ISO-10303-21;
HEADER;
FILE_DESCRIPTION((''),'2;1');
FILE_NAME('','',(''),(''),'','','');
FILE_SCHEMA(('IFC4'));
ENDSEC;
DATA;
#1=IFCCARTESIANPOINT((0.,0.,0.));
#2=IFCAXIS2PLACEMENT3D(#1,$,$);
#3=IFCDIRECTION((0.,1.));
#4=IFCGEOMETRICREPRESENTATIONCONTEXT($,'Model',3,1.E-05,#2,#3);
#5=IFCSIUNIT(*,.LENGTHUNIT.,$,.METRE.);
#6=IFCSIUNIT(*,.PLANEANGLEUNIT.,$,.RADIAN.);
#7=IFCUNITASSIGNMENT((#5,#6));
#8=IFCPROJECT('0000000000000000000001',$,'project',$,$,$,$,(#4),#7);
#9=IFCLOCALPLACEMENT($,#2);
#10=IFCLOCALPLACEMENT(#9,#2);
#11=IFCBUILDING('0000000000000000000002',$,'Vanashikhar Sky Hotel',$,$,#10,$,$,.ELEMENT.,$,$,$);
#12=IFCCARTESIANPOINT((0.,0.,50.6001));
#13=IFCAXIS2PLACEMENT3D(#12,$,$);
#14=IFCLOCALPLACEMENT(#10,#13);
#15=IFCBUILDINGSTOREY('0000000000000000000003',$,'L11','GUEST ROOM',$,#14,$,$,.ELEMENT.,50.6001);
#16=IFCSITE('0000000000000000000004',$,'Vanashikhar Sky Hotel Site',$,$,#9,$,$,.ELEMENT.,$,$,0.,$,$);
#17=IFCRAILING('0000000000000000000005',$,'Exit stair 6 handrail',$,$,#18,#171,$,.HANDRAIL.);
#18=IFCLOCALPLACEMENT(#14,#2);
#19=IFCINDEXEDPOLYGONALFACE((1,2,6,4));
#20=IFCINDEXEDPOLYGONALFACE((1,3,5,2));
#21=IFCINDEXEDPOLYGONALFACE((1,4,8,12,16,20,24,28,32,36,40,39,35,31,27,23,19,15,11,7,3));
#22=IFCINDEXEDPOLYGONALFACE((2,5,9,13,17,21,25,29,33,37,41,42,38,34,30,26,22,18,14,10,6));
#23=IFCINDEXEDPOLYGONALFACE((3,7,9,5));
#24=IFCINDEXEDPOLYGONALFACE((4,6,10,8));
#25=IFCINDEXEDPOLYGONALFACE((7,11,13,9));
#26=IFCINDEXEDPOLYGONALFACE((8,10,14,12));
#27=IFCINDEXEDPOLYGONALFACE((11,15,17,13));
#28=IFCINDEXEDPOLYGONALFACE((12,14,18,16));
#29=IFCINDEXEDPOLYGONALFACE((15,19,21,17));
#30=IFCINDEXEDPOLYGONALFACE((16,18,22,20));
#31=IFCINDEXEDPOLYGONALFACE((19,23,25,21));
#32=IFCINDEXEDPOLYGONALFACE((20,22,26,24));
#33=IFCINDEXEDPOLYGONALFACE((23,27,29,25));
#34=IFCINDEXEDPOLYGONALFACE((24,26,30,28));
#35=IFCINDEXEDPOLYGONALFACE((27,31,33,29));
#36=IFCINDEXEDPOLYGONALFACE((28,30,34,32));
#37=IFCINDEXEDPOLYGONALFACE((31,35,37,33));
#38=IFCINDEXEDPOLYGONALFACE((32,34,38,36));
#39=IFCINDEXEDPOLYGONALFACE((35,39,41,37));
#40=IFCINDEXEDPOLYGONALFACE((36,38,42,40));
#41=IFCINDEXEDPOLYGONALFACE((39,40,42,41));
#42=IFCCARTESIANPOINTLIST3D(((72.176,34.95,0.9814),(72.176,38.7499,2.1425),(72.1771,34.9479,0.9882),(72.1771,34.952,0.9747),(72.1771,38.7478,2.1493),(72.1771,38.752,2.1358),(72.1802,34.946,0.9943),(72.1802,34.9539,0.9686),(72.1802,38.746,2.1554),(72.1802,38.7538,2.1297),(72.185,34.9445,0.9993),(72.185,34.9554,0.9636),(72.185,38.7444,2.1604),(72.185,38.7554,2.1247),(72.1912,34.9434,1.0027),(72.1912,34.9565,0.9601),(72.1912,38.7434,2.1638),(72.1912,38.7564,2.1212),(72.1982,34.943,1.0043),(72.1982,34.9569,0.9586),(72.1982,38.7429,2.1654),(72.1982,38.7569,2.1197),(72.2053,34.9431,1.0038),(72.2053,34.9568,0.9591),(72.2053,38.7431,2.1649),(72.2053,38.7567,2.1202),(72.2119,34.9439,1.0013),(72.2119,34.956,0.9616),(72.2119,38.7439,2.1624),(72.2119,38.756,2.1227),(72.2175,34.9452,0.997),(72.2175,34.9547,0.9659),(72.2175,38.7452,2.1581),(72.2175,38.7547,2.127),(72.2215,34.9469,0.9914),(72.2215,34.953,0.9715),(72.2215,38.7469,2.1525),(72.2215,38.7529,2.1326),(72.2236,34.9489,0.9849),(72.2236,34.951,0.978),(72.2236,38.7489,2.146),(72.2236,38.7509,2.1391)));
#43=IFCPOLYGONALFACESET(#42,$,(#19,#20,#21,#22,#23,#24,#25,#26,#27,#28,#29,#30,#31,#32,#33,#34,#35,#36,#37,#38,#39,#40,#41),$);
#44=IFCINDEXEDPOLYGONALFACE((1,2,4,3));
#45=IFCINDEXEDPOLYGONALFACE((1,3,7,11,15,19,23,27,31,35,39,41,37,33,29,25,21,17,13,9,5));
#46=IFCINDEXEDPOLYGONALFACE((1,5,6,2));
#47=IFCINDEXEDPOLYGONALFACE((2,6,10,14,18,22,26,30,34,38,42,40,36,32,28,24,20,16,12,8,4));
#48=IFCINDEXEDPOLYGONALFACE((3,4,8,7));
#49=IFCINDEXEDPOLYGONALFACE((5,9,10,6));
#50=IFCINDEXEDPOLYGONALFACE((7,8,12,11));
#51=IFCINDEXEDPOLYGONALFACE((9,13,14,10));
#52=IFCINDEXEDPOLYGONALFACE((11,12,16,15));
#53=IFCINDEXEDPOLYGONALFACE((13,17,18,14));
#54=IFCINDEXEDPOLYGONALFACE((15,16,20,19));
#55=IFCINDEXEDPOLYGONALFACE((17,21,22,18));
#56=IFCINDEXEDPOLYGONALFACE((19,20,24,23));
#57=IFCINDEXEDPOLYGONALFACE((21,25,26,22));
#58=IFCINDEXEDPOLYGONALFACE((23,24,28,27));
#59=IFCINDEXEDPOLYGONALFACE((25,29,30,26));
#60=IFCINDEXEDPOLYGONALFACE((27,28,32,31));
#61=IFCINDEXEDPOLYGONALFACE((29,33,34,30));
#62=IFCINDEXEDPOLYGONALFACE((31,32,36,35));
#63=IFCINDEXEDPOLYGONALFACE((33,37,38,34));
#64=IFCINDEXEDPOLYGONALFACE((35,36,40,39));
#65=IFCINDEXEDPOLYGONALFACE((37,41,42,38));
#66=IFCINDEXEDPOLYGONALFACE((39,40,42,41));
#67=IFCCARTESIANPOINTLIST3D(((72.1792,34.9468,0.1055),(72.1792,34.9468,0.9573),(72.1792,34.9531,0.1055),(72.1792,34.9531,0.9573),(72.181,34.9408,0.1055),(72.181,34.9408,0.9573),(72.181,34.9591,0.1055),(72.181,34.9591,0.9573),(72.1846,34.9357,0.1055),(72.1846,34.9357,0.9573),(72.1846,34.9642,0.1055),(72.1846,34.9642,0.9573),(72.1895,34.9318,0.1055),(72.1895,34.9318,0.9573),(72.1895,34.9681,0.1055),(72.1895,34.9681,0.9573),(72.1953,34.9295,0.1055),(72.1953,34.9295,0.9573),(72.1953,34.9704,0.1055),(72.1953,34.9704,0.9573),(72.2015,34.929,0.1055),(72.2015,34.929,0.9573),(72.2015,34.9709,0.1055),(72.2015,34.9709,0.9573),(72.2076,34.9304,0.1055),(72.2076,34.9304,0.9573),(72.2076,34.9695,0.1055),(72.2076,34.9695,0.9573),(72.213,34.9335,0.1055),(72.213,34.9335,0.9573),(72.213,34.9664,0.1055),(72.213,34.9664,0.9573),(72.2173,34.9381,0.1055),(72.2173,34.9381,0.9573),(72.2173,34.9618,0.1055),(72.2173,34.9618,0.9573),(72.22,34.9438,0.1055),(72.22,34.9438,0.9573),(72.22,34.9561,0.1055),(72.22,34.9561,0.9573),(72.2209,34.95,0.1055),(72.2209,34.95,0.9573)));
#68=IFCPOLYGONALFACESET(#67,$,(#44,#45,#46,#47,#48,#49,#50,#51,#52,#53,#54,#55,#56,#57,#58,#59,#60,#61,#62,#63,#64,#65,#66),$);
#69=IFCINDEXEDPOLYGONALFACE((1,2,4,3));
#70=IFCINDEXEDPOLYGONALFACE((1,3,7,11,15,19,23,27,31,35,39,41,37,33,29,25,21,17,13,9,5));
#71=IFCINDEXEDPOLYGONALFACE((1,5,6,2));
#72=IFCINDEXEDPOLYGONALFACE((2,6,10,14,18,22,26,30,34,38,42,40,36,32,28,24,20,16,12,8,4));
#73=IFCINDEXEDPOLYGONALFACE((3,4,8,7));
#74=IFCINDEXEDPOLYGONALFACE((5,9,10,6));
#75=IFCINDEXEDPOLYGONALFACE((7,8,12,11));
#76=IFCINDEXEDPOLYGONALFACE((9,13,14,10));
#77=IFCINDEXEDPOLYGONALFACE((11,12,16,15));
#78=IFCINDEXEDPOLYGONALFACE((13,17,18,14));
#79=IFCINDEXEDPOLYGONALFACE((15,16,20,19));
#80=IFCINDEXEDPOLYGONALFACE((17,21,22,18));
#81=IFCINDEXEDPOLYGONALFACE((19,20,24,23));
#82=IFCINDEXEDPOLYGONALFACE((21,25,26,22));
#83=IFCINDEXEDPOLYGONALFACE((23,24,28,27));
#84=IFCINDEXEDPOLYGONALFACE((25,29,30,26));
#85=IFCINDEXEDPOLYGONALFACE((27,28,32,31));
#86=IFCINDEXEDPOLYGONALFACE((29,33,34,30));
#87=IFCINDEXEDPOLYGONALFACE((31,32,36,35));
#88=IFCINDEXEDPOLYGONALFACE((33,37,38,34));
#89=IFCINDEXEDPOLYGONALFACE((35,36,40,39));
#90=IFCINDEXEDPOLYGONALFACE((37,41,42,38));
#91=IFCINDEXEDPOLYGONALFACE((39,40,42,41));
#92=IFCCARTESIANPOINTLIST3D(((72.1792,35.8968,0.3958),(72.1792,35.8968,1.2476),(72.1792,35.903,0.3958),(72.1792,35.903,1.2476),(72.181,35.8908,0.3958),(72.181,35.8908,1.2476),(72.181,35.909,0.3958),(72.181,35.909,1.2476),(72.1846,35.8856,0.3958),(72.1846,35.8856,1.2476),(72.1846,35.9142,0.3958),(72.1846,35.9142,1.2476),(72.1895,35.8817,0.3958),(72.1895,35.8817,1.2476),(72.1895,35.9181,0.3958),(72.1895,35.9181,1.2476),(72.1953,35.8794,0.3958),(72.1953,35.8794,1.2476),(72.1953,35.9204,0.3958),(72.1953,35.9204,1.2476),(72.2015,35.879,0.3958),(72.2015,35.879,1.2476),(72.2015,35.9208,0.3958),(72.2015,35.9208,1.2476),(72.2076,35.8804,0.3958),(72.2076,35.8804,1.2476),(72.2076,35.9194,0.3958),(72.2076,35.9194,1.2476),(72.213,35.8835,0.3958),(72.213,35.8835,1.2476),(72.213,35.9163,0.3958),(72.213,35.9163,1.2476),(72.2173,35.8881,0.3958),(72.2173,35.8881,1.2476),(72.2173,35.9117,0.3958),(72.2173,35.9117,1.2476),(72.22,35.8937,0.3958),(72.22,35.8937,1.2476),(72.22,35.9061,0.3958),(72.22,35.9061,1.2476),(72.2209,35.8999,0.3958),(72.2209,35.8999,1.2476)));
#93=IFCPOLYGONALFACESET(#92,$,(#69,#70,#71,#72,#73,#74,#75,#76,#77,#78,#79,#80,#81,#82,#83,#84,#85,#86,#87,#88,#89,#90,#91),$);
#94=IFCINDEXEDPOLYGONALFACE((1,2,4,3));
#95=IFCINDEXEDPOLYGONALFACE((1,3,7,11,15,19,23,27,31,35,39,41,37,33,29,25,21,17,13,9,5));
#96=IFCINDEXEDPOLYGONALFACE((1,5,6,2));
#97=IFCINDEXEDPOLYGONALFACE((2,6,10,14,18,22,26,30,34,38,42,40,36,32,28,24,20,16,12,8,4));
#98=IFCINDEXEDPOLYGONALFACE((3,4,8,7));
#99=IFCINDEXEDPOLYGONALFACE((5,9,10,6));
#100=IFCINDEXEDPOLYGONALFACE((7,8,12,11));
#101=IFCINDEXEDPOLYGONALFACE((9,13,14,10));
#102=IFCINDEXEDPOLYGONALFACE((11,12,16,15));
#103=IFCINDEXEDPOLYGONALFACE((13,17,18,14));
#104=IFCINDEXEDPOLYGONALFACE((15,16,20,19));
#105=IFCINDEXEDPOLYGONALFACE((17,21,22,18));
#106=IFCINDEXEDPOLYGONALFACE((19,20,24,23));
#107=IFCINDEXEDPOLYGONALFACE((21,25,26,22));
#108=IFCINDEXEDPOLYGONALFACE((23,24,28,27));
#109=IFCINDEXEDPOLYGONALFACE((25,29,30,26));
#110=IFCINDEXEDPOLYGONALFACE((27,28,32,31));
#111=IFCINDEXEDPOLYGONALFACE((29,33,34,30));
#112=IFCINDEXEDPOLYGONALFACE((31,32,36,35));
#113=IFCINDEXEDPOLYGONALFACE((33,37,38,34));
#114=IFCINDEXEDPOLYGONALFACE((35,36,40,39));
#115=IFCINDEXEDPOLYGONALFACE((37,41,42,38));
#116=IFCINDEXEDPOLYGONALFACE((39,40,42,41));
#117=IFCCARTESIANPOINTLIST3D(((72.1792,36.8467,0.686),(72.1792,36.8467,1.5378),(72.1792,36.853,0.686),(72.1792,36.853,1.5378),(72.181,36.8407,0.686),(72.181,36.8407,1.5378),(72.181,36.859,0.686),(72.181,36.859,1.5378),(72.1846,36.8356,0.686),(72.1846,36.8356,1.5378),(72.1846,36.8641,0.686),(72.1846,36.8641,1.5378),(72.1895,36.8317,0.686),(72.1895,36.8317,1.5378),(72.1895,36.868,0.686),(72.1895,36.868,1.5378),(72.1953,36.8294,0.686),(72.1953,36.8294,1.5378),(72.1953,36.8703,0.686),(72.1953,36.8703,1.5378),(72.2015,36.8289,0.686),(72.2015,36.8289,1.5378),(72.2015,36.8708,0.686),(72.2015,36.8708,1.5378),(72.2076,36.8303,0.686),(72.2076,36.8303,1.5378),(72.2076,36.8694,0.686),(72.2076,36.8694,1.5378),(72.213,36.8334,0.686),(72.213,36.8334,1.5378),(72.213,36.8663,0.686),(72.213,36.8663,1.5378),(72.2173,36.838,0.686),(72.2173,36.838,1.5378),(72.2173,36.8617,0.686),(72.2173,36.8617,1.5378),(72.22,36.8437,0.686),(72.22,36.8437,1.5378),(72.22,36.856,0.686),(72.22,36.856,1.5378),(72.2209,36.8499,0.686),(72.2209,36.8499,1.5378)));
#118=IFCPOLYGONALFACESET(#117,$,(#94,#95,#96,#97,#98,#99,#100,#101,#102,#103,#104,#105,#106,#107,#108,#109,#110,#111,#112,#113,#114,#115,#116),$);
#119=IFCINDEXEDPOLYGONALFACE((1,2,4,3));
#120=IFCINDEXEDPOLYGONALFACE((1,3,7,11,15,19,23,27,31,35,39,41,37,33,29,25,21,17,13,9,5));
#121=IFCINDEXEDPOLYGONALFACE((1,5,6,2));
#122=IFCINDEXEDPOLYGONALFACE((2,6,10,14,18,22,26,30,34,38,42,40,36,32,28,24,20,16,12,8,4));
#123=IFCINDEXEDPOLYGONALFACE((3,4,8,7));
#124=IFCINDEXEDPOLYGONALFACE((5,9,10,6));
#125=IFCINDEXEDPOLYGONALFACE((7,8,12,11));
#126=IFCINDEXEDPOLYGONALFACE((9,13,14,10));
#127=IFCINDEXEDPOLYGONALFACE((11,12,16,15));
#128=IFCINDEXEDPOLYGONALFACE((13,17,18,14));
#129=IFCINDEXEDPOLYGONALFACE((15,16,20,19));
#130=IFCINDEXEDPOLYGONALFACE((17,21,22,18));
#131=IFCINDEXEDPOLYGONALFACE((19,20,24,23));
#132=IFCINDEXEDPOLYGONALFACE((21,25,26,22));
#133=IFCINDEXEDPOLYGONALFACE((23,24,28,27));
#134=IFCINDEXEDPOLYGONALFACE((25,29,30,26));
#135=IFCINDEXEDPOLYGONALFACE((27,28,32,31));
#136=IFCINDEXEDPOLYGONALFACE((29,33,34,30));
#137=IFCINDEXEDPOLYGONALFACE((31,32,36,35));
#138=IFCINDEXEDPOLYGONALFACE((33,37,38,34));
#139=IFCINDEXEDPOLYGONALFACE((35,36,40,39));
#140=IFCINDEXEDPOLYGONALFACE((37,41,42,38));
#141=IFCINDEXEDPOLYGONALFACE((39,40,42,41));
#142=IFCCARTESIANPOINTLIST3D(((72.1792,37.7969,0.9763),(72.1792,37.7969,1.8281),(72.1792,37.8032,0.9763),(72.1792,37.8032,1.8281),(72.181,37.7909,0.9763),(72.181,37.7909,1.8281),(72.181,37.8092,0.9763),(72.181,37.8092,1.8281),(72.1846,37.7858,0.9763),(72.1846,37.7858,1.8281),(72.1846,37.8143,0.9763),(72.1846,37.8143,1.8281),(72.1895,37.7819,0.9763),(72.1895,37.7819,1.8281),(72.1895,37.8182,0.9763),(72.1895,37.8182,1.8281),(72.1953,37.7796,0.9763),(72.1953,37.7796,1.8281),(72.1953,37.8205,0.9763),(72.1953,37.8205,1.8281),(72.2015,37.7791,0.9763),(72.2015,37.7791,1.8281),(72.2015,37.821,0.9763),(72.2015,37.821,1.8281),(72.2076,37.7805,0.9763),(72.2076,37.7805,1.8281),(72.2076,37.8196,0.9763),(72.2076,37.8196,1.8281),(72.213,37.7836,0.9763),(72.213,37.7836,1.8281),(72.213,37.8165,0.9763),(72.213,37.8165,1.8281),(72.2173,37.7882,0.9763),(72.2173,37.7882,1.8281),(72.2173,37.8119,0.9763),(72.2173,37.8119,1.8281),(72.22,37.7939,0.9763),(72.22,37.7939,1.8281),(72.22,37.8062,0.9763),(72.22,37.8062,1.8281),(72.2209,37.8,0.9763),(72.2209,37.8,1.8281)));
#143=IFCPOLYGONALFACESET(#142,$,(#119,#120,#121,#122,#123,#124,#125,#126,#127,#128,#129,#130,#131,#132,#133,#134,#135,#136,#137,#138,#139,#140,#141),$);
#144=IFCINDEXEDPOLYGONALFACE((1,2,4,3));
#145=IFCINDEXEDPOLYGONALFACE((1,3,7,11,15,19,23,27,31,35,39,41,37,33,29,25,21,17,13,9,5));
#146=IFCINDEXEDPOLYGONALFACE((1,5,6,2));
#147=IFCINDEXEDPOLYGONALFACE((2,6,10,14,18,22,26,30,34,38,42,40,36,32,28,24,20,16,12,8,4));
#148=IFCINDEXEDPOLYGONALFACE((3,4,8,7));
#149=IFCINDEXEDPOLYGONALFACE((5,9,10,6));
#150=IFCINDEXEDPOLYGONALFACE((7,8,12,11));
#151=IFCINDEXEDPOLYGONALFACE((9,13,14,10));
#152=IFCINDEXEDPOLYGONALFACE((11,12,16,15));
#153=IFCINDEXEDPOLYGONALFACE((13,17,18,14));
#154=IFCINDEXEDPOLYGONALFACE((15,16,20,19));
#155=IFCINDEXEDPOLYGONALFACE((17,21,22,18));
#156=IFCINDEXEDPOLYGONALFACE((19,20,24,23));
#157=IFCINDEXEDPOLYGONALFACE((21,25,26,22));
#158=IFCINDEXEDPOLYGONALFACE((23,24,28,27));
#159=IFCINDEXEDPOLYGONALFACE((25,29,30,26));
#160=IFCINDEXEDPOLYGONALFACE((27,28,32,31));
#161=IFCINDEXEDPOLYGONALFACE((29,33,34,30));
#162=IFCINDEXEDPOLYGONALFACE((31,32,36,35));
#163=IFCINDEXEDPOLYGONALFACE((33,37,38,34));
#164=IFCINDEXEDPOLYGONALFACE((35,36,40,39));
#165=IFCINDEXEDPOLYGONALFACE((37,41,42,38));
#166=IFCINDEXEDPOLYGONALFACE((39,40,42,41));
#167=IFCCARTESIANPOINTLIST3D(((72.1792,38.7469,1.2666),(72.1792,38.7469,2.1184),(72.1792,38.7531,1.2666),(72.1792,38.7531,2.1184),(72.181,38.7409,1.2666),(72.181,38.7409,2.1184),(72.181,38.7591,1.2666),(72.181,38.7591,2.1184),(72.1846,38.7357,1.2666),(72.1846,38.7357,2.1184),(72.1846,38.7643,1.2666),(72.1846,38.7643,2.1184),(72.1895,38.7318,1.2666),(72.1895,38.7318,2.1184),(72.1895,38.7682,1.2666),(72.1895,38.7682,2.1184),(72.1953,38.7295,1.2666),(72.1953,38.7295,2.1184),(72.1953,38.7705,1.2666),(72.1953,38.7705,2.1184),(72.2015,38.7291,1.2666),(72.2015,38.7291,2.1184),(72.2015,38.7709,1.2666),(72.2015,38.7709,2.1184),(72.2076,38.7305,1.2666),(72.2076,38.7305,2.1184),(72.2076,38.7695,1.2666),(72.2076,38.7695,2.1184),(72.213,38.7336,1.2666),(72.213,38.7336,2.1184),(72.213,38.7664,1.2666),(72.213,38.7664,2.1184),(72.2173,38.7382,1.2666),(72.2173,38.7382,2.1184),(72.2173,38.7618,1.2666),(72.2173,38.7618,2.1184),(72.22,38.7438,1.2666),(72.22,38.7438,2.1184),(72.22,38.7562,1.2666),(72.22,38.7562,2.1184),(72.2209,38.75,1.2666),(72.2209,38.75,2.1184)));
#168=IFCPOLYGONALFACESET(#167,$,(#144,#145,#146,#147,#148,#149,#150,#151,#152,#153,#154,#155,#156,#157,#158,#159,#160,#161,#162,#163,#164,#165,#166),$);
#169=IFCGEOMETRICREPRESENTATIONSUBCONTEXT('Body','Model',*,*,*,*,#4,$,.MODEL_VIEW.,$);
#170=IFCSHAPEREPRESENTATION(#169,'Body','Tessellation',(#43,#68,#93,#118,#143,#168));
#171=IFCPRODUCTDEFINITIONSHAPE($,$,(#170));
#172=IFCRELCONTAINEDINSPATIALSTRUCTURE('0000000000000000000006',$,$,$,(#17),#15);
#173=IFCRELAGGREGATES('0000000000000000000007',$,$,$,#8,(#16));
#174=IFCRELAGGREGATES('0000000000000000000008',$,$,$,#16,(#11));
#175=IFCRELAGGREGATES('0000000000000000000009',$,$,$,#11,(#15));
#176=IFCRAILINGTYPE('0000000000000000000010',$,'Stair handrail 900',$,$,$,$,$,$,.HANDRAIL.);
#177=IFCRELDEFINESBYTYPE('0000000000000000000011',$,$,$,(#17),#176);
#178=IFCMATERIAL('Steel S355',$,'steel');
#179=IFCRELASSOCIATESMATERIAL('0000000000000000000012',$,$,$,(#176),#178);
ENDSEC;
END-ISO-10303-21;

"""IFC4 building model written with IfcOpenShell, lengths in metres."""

from ifc_helpers import new_model, si_unit, direction, frame, origin, origin_2d, place, context, subcontext, project, spatial, circle, extrude, source, transform, mapped, material, type_object, element, save


model = new_model("IFC4")

# Units and contexts
model_context = context("Model", 3, precision=1e-05, world=origin(), true_north=direction((0.0, 1.0)))
body_context = subcontext(model_context, "Body", "Model", "MODEL_VIEW")
ifc_project = project(units=[si_unit("LENGTHUNIT", "METRE"), si_unit("PLANEANGLEUNIT", "RADIAN")], contexts=[model_context])

# Site, building, storey
site_placement = place(None, origin())
site = spatial("IfcSite", under=ifc_project, at=site_placement, Name="Vanashikhar Sky Hotel Site", CompositionType="ELEMENT", RefElevation=0.0)
building_placement = place(site_placement, origin())
building = spatial("IfcBuilding", under=site, at=building_placement, Name="Vanashikhar Sky Hotel", CompositionType="ELEMENT")
storey_placement = place(building_placement, frame((0.0, 0.0, 50.6001)))
storey = spatial("IfcBuildingStorey", under=building, at=storey_placement, Name="L11", Description="GUEST ROOM", CompositionType="ELEMENT", Elevation=50.6001)

# Railing
ifc_material_1 = material(Name="Steel S355", Category="steel")
railing_type_1 = type_object("IfcRailingType", Name="Stair handrail 900", PredefinedType="HANDRAIL", material=ifc_material_1)
shared_shape_1 = source(origin(), body_context, "Body", "SweptSolid", [
    extrude(circle(Radius=0.0239, at=origin_2d()), frame((0.0, 0.0, 0.876), z_axis=(0.0, 0.956351, 0.29222), x_axis=(-1.0, 0.0, 0.0)), (0.0, 0.0, 1.0), 3.9734),
    extrude(circle(Radius=0.021, at=origin_2d()), origin(), (0.0, 0.0, 1.0), 0.8518),
    extrude(circle(Radius=0.021, at=origin_2d()), frame((0.0, 0.95, 0.2903)), (0.0, 0.0, 1.0), 0.8518),
    extrude(circle(Radius=0.021, at=origin_2d()), frame((0.0, 1.8999, 0.5806)), (0.0, 0.0, 1.0), 0.8518),
    extrude(circle(Radius=0.021, at=origin_2d()), frame((0.0, 2.8501, 0.8708)), (0.0, 0.0, 1.0), 0.8518),
    extrude(circle(Radius=0.021, at=origin_2d()), frame((0.0, 3.8, 1.1611)), (0.0, 0.0, 1.0), 0.8518),
])
for number, where, name in (
    (1, (72.2, 34.95, 0.1055), "Exit stair 6 handrail"),
):
    element("IfcRailing", number, at=place(storey_placement, frame(where)), inside=storey, type_object=railing_type_1, Name=name, PredefinedType="HANDRAIL", context=body_context, shape_type="MappedRepresentation", body=[
        mapped(shared_shape_1, transform((0.0, 0.0, 0.0), scale=1.0)),
    ])

save(model, "model.ifc")
